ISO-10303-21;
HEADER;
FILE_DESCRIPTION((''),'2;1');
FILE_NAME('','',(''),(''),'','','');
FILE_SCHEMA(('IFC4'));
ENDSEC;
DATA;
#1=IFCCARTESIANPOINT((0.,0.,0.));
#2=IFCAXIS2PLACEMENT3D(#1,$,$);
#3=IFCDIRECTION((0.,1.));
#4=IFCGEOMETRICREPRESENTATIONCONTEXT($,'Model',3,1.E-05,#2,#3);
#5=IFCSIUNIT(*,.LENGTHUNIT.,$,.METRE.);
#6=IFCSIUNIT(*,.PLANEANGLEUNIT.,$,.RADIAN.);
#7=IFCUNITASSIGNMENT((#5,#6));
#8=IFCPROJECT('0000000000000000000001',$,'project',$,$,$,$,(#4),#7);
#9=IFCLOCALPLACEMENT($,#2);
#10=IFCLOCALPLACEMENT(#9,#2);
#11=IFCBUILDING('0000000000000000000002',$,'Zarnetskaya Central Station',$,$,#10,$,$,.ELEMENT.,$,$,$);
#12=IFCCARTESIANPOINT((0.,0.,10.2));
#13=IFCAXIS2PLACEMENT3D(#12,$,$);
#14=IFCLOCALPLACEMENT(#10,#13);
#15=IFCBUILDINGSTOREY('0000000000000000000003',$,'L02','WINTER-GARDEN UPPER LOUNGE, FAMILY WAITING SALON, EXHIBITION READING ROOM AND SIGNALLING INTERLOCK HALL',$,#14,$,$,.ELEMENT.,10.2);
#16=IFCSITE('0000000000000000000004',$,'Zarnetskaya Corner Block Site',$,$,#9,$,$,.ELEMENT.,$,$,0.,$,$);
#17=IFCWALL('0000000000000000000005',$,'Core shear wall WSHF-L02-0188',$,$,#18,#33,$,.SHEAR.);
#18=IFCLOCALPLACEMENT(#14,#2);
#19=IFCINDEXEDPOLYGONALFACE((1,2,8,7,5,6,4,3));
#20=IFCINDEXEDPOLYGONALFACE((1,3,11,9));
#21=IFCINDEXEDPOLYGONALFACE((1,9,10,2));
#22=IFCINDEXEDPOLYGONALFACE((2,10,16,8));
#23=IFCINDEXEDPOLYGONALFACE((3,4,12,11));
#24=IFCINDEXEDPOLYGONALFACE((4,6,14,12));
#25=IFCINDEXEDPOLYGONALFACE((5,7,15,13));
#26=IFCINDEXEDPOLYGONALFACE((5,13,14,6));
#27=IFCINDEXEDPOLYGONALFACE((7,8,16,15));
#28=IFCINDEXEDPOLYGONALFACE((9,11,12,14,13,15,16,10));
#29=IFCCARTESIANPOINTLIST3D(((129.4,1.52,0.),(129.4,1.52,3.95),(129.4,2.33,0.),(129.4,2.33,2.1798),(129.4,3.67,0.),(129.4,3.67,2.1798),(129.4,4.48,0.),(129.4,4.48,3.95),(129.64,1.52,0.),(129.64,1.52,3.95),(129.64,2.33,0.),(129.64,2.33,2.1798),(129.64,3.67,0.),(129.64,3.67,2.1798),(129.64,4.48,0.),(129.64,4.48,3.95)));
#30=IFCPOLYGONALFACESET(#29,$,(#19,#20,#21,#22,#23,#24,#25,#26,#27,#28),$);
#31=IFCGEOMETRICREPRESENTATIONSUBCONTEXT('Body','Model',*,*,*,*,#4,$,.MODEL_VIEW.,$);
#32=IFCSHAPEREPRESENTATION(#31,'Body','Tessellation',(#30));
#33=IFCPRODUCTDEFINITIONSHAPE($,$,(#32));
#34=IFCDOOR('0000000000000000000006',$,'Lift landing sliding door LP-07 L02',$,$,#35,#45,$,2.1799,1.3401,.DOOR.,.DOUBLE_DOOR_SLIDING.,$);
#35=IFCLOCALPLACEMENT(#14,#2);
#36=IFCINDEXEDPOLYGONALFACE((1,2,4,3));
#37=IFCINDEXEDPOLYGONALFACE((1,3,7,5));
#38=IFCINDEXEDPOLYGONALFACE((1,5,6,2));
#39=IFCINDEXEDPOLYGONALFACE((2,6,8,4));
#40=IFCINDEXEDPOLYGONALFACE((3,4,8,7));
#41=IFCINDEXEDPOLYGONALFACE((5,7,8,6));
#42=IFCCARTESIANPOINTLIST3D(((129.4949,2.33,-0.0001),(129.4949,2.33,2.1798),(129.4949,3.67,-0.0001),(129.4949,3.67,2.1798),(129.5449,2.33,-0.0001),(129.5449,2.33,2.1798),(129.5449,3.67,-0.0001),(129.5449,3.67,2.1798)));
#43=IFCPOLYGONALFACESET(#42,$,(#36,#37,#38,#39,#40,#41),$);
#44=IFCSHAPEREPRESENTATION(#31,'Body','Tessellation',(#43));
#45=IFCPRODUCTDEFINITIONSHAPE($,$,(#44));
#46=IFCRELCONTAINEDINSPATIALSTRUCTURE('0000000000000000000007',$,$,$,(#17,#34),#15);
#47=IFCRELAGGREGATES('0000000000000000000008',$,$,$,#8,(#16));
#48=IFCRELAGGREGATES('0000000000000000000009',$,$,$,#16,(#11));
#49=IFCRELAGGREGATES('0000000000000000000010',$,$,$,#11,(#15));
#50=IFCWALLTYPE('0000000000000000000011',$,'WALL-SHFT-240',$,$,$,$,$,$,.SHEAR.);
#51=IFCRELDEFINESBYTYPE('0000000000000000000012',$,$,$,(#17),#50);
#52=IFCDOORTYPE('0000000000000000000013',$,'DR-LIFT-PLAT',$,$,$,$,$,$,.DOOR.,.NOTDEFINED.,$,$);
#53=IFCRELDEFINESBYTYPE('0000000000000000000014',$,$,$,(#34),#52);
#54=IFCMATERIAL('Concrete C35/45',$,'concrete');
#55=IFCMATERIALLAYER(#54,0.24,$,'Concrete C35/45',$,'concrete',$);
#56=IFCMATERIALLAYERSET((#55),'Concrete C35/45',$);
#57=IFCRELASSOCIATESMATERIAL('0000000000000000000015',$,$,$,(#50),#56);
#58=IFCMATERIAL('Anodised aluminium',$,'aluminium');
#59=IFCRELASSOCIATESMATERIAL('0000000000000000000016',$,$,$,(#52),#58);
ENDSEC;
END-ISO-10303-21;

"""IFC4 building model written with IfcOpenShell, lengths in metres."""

from ifc_helpers import new_model, si_unit, direction, frame, frame_2d, origin, place, context, subcontext, project, spatial, rectangle, extrude, material, layer, layer_set, type_object, element, fill, save


model = new_model("IFC4")

# Units and contexts
model_context = context("Model", 3, precision=1e-05, world=origin(), true_north=direction((0.0, 1.0)))
body_context = subcontext(model_context, "Body", "Model", "MODEL_VIEW")
ifc_project = project(units=[si_unit("LENGTHUNIT", "METRE"), si_unit("PLANEANGLEUNIT", "RADIAN")], contexts=[model_context])

# Site, building, storey
site_placement = place(None, origin())
site = spatial("IfcSite", under=ifc_project, at=site_placement, Name="Zarnetskaya Corner Block Site", CompositionType="ELEMENT", RefElevation=0.0)
building_placement = place(site_placement, origin())
building = spatial("IfcBuilding", under=site, at=building_placement, Name="Zarnetskaya Central Station", CompositionType="ELEMENT")
storey_placement = place(building_placement, frame((0.0, 0.0, 10.2)))
storey = spatial("IfcBuildingStorey", under=building, at=storey_placement, Name="L02", Description="WINTER-GARDEN UPPER LOUNGE, FAMILY WAITING SALON, EXHIBITION READING ROOM AND SIGNALLING INTERLOCK HALL", CompositionType="ELEMENT", Elevation=10.2)

# Shared definitions
ifc_material_1 = material(Name="Anodised aluminium", Category="aluminium")

# Shared definitions
ifc_material_2 = material(Name="Concrete C35/45", Category="concrete")
ifc_layer_1 = layer(ifc_material_2, 0.24, Name="Concrete C35/45", Category="concrete")
ifc_layer_set_1 = layer_set([ifc_layer_1], Name="Concrete C35/45")
wall_type = type_object("IfcWallType", Name="WALL-SHFT-240", PredefinedType="SHEAR", material=ifc_layer_set_1)

# Wall, opening, door
wall_1_placement = place(storey_placement, frame((129.52, 4.48, 0.0), z_axis=(0.0, 0.0, 1.0), x_axis=(0.0, -1.0, 0.0)))
wall_1 = element("IfcWall", 1, at=wall_1_placement, inside=storey, type_object=wall_type, Name="Core shear wall WSHF-L02-0188", PredefinedType="SHEAR", context=body_context, shape_type="SweptSolid", body=[
    extrude(rectangle(XDim=2.96, YDim=0.24, at=frame_2d((1.48, 0.0))), origin(), (0.0, 0.0, 1.0), 3.95),
])
opening_placement = place(wall_1_placement, frame((0.8101, 0.0, 0.0)))
opening = element("IfcOpeningElement", 2, at=opening_placement, cuts=wall_1, PredefinedType="OPENING", context=body_context, shape_type="SweptSolid", body=[
    extrude(rectangle(XDim=1.3401, YDim=2.1799, at=frame_2d((0.6699, 1.0898))), frame((0.0, 0.1299, 0.0), z_axis=(0.0, -1.0, 0.0), x_axis=(1.0, 0.0, 0.0)), (0.0, 0.0, 1.0), 0.26),
])
door_type = type_object("IfcDoorType", Name="DR-LIFT-PLAT", OperationType="NOTDEFINED", PredefinedType="DOOR", material=ifc_material_1)
door_placement = place(opening_placement, origin())
door = element("IfcDoor", 3, at=door_placement, inside=storey, type_object=door_type, Name="Lift landing sliding door LP-07 L02", OperationType="DOUBLE_DOOR_SLIDING", OverallHeight=2.1799, OverallWidth=1.3401, PredefinedType="DOOR", context=body_context, shape_type="SweptSolid", body=[
    extrude(rectangle(XDim=1.3401, YDim=2.1799, at=frame_2d((0.6699, 1.0898))), frame((0.0, 0.0249, 0.0), z_axis=(0.0, -1.0, 0.0), x_axis=(1.0, 0.0, 0.0)), (0.0, 0.0, 1.0), 0.05),
])
fill(opening, door)

save(model, "model.ifc")
